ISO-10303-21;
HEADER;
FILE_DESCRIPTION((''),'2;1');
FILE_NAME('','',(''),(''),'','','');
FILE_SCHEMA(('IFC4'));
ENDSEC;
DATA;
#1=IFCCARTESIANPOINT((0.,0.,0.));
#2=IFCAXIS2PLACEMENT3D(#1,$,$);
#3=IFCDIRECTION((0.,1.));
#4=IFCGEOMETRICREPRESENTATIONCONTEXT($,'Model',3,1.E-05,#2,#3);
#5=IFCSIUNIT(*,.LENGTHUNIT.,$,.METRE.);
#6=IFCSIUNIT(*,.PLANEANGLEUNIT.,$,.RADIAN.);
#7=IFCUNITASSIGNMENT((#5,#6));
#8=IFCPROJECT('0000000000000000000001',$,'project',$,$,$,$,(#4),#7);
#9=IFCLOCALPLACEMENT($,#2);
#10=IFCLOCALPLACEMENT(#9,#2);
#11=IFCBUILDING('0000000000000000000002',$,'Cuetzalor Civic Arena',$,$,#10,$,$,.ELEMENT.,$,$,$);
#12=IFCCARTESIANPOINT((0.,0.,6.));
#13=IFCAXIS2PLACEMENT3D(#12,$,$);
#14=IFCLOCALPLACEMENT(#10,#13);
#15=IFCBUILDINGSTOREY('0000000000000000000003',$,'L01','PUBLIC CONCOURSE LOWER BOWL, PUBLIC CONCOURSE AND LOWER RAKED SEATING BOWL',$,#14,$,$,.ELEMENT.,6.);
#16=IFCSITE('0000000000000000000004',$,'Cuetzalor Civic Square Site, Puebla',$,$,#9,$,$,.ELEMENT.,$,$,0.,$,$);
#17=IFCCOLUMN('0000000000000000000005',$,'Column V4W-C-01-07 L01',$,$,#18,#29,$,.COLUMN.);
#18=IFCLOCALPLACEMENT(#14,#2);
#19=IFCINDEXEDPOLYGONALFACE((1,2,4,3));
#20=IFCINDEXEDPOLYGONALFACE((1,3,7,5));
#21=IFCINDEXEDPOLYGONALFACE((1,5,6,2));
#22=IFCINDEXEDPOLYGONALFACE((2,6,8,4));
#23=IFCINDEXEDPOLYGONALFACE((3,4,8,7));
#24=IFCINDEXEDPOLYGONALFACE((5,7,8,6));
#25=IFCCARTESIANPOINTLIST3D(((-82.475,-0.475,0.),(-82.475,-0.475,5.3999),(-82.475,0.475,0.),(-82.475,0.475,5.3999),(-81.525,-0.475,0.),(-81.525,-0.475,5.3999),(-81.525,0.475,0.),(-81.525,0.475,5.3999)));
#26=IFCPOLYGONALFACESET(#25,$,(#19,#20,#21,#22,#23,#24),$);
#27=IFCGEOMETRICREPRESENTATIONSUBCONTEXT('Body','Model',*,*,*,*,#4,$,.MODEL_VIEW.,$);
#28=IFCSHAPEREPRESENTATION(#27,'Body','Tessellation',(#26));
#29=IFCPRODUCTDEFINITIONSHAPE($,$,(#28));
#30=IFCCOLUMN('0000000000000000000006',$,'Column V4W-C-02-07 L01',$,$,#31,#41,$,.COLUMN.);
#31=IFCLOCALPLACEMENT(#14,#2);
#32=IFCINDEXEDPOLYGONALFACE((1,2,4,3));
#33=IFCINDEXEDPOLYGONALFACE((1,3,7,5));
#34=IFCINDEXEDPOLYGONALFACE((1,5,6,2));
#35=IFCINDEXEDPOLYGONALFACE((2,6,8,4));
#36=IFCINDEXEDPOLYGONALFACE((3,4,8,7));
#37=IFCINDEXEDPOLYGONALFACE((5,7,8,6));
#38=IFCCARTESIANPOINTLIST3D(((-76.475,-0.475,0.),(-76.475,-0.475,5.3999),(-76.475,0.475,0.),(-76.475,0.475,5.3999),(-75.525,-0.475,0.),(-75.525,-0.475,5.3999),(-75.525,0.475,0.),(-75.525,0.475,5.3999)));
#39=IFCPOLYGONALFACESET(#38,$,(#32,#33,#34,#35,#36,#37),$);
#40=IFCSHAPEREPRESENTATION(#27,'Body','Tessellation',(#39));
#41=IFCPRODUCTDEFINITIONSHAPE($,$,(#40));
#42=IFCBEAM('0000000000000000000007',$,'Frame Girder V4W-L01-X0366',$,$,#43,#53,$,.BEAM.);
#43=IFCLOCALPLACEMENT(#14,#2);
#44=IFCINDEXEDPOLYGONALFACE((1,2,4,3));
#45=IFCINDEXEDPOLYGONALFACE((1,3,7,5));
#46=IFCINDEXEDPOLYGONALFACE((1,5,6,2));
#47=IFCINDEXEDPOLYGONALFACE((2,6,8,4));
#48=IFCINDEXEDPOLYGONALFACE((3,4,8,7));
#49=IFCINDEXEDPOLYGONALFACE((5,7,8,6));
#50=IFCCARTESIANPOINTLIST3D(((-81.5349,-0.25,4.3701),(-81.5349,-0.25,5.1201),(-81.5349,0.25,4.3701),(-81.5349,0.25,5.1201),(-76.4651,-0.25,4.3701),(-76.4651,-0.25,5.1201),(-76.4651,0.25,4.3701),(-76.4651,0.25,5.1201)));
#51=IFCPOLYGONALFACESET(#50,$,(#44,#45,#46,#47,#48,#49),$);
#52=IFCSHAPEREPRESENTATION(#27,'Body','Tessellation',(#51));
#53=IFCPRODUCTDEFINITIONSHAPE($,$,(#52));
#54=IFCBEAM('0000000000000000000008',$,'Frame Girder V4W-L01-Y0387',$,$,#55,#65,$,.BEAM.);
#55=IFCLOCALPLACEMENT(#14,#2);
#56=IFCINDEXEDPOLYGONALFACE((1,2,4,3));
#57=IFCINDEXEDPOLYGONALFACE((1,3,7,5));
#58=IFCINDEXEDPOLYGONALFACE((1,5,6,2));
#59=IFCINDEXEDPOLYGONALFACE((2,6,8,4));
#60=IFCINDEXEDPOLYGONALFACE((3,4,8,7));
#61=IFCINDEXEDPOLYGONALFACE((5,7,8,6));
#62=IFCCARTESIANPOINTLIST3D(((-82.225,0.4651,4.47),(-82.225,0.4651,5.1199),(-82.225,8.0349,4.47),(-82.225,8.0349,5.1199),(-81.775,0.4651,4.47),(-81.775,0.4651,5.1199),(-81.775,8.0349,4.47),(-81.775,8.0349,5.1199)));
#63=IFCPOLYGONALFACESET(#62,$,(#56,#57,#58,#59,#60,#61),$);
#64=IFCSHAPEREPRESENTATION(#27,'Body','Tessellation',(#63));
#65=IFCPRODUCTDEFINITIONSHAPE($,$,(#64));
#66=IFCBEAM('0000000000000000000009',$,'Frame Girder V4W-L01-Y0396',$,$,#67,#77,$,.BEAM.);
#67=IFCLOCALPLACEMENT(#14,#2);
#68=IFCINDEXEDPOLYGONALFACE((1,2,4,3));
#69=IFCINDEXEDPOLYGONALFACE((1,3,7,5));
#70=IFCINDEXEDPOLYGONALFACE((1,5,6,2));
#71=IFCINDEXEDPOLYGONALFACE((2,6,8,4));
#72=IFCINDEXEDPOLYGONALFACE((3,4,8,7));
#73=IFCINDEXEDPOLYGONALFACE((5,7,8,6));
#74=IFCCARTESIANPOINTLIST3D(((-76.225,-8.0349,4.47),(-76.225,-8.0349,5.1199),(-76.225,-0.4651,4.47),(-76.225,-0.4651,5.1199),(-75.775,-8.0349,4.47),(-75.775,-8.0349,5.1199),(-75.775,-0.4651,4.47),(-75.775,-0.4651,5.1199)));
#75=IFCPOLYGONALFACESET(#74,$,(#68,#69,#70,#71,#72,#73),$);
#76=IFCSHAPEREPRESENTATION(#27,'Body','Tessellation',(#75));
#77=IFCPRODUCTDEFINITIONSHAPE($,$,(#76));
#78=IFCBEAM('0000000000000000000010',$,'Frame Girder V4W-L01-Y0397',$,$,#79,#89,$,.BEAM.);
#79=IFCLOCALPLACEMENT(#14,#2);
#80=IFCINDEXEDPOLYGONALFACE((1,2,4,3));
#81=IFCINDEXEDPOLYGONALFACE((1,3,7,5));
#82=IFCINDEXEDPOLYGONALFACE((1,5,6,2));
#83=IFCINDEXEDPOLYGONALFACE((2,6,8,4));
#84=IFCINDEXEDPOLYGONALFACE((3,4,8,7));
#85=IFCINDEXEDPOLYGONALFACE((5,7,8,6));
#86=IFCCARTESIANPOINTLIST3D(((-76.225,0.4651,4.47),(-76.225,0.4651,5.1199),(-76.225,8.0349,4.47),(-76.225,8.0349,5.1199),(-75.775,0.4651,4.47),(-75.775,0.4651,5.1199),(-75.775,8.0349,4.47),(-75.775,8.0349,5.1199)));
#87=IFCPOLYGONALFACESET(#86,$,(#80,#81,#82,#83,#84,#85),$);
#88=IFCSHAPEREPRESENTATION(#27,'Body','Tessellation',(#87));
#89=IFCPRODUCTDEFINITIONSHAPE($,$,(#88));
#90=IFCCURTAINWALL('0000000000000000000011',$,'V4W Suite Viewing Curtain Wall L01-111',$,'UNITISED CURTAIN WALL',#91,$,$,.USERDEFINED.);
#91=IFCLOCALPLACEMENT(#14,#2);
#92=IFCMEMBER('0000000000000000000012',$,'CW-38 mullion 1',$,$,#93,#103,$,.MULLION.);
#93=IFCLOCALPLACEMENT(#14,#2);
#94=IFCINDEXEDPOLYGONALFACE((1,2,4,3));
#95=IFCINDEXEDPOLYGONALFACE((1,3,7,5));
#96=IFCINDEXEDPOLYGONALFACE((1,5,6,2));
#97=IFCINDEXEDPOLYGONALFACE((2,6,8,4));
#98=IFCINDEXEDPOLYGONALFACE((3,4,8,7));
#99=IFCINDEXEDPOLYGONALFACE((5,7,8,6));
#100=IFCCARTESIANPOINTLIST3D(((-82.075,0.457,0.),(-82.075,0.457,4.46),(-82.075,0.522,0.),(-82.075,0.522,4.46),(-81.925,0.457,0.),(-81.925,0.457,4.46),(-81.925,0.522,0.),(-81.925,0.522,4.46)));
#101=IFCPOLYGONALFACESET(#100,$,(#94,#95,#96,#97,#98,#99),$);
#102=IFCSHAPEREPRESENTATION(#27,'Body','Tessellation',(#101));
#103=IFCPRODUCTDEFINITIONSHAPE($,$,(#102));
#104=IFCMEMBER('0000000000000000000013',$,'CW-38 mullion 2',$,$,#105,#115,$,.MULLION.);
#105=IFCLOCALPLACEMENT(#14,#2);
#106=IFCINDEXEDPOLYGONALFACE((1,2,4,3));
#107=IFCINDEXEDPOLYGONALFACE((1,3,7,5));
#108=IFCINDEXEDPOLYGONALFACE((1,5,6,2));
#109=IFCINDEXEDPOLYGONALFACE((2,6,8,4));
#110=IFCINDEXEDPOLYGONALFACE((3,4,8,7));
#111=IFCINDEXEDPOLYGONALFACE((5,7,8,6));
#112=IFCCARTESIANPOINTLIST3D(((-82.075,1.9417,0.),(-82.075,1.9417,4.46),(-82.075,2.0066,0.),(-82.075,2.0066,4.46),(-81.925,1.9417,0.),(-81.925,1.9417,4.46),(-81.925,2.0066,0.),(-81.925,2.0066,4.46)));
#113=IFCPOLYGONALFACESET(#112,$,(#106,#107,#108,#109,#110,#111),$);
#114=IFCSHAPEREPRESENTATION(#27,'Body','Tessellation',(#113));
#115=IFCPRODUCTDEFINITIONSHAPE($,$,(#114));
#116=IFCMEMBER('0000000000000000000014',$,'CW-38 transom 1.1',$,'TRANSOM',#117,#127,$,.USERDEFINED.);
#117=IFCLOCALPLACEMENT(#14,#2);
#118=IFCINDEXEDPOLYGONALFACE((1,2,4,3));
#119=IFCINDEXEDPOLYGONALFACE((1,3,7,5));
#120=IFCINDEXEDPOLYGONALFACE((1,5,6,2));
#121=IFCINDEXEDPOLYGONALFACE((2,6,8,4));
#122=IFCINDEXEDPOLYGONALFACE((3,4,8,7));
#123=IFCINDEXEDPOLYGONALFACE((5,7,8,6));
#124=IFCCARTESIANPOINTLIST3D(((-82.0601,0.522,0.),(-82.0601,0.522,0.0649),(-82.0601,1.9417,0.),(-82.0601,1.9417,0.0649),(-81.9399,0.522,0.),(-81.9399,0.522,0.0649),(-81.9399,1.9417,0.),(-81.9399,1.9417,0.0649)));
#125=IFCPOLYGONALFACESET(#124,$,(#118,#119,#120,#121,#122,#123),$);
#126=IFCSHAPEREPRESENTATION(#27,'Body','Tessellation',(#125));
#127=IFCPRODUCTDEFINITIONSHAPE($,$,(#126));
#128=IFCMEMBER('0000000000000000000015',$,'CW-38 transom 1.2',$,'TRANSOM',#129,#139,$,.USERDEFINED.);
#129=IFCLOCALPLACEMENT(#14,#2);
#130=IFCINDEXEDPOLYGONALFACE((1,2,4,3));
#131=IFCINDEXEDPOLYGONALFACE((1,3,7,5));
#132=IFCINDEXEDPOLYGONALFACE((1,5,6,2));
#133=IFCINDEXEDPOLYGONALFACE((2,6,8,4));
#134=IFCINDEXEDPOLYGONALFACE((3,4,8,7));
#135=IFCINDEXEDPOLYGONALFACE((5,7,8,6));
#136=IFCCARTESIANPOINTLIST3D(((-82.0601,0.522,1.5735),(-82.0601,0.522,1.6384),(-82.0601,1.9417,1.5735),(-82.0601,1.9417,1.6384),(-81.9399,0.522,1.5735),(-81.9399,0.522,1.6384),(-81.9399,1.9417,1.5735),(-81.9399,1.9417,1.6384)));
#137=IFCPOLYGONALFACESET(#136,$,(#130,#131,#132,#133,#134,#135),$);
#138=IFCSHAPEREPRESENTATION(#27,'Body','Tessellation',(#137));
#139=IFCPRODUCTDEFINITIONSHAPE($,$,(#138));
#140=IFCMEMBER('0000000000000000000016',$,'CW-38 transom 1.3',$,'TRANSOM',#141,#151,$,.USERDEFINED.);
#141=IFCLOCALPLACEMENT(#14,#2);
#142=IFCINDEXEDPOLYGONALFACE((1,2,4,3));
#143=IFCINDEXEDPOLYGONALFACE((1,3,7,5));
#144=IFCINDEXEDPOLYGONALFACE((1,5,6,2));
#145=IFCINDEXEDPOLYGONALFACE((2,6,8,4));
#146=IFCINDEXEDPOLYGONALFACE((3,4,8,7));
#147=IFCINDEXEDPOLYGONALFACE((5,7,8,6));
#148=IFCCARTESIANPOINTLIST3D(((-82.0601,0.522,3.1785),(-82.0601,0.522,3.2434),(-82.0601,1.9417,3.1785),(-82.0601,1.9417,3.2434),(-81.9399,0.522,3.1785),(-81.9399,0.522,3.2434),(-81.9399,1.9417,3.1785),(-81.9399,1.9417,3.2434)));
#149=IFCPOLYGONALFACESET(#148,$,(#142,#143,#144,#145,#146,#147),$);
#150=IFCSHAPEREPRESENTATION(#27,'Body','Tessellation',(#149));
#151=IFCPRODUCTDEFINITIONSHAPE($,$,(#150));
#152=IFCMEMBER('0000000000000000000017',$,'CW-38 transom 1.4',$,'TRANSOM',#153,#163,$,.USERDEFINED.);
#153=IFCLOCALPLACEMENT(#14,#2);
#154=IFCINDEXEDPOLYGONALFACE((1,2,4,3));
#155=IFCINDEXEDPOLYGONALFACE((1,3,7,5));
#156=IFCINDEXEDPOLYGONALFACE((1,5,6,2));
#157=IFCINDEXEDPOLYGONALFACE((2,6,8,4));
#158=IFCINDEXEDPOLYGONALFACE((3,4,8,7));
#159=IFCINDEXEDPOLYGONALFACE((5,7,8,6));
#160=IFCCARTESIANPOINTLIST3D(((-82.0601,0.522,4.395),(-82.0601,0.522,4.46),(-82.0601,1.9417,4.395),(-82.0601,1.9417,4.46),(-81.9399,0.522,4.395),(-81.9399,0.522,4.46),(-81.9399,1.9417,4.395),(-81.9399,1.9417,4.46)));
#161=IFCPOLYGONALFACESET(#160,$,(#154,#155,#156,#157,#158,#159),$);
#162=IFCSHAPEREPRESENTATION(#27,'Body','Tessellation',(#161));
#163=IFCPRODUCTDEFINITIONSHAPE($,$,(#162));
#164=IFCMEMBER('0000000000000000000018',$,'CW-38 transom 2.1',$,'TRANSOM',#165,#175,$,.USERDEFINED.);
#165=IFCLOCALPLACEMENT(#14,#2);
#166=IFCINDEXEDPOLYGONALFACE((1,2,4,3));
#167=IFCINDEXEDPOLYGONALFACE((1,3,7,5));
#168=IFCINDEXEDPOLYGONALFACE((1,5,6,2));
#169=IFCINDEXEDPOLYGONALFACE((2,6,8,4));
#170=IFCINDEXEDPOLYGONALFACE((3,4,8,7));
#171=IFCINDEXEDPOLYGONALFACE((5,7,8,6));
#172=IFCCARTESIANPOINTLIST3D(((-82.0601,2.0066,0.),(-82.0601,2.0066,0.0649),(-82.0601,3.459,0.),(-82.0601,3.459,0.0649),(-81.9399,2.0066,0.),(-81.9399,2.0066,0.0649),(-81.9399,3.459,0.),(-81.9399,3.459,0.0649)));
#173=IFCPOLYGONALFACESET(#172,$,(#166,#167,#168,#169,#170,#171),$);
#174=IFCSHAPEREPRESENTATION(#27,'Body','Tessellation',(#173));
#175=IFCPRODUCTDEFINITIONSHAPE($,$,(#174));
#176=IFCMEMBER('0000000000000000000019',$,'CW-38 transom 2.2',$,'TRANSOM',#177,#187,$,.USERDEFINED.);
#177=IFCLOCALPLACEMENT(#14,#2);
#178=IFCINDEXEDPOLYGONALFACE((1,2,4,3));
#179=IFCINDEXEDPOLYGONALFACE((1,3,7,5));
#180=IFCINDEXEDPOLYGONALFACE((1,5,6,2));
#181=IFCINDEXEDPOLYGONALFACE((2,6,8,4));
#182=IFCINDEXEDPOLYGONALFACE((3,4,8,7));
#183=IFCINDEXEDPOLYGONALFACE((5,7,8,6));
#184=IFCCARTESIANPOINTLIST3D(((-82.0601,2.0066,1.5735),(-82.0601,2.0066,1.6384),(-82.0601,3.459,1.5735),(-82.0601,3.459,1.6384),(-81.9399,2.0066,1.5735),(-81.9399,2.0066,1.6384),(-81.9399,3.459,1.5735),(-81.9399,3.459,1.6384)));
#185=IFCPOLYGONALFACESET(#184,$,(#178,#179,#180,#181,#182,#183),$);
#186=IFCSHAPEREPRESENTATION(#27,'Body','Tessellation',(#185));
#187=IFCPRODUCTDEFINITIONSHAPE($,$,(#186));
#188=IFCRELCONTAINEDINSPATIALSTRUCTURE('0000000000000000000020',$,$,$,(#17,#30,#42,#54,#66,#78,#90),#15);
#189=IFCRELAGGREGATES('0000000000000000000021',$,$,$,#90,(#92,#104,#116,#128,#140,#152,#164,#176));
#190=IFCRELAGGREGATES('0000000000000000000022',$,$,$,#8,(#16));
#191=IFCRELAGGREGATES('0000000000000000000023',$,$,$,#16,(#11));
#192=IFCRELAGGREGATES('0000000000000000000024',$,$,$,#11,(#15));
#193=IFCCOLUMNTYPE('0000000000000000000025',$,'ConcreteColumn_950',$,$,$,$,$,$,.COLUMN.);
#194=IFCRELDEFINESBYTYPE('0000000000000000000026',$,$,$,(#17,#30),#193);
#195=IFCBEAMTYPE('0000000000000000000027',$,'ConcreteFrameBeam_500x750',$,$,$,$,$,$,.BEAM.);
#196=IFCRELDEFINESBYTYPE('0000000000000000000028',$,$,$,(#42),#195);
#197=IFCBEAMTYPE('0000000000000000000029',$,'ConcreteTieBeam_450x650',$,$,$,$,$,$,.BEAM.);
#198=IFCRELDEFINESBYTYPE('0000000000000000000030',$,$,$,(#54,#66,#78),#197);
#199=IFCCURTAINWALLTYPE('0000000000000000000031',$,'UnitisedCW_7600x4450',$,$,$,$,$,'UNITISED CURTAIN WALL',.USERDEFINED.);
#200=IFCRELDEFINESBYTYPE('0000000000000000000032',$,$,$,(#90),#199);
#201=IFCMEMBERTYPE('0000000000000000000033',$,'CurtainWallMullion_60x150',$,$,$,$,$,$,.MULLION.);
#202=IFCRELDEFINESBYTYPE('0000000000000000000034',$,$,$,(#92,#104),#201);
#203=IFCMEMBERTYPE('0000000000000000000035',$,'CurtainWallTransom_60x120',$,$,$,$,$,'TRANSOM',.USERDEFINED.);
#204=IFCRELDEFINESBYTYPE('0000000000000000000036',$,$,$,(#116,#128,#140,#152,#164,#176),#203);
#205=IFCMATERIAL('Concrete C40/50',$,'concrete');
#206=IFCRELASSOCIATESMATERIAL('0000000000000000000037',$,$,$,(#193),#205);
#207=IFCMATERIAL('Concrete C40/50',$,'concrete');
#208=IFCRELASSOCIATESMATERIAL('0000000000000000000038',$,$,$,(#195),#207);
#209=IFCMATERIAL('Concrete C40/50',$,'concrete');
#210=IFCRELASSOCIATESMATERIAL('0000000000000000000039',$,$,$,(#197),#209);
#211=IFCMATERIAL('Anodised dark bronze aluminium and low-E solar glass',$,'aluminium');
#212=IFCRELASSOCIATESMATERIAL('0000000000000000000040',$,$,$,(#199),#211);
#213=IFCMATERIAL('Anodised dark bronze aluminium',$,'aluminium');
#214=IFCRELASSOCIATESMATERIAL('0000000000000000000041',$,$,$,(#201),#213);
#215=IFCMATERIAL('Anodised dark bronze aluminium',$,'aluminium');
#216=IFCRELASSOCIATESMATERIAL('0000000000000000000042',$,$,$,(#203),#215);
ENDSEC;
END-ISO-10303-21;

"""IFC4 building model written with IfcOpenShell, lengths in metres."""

from ifc_helpers import new_model, si_unit, direction, frame, origin, origin_2d, place, context, subcontext, project, spatial, rectangle, extrude, material, material_profile, profile_set, type_object, element, aggregate, save


model = new_model("IFC4")

# Units and contexts
model_context = context("Model", 3, precision=1e-05, world=origin(), true_north=direction((0.0, 1.0)))
body_context = subcontext(model_context, "Body", "Model", "MODEL_VIEW")
ifc_project = project(units=[si_unit("LENGTHUNIT", "METRE"), si_unit("PLANEANGLEUNIT", "RADIAN")], contexts=[model_context])

# Site, building, storey
site_placement = place(None, origin())
site = spatial("IfcSite", under=ifc_project, at=site_placement, Name="Cuetzalor Civic Square Site, Puebla", CompositionType="ELEMENT", RefElevation=0.0)
building_placement = place(site_placement, origin())
building = spatial("IfcBuilding", under=site, at=building_placement, Name="Cuetzalor Civic Arena", CompositionType="ELEMENT")
storey_placement = place(building_placement, frame((0.0, 0.0, 6.0)))
storey = spatial("IfcBuildingStorey", under=building, at=storey_placement, Name="L01", Description="PUBLIC CONCOURSE LOWER BOWL, PUBLIC CONCOURSE AND LOWER RAKED SEATING BOWL", CompositionType="ELEMENT", Elevation=6.0)

# Columns
ifc_material_1 = material(Name="Concrete C40/50", Category="concrete")
ifc_material_profile_1 = material_profile(ifc_material_1, rectangle(XDim=0.95, YDim=0.95, at=origin_2d()), Name="RC 950x950")
ifc_profile_set_1 = profile_set([ifc_material_profile_1], Name="Concrete C40/50")
column_type = type_object("IfcColumnType", Name="ConcreteColumn_950", PredefinedType="COLUMN", material=ifc_profile_set_1)
for number, where, z_axis, x_axis, name in (
    (1, (-82.0, 0.0, 0.0), (0.0, 0.0, 1.0), (1.0, 0.0, 0.0), "Column V4W-C-01-07 L01"),
    (2, (-76.0, 0.0, 0.0), (0.0, 0.0, 1.0), (1.0, 0.0, 0.0), "Column V4W-C-02-07 L01"),
):
    element("IfcColumn", number, at=place(storey_placement, frame(where, z_axis=z_axis, x_axis=x_axis)), inside=storey, type_object=column_type, Name=name, PredefinedType="COLUMN", context=body_context, shape_type="SweptSolid", body=[
        extrude(rectangle(XDim=0.95, YDim=0.95, at=origin_2d()), origin(), (0.0, 0.0, 1.0), 5.3999),
    ])

# Beams
ifc_material_2 = material(Name="Concrete C40/50", Category="concrete")
ifc_material_profile_2 = material_profile(ifc_material_2, rectangle(XDim=0.5, YDim=0.75, at=origin_2d()), Name="RC 500x750")
ifc_profile_set_2 = profile_set([ifc_material_profile_2], Name="Concrete C40/50")
beam_type_1 = type_object("IfcBeamType", Name="ConcreteFrameBeam_500x750", PredefinedType="BEAM", material=ifc_profile_set_2)
beam_1_placement = place(storey_placement, frame((-81.5349, 0.0, 4.7451), z_axis=(1.0, 0.0, 0.0), x_axis=(0.0, 1.0, 0.0)))
element("IfcBeam", 3, at=beam_1_placement, inside=storey, type_object=beam_type_1, Name="Frame Girder V4W-L01-X0366", PredefinedType="BEAM", context=body_context, shape_type="SweptSolid", body=[
    extrude(rectangle(XDim=0.5, YDim=0.75, at=origin_2d()), origin(), (0.0, 0.0, 1.0), 5.0698),
])
ifc_material_3 = material(Name="Concrete C40/50", Category="concrete")
ifc_material_profile_3 = material_profile(ifc_material_3, rectangle(XDim=0.45, YDim=0.6499, at=origin_2d()), Name="RC 450x650")
ifc_profile_set_3 = profile_set([ifc_material_profile_3], Name="Concrete C40/50")
beam_type_2 = type_object("IfcBeamType", Name="ConcreteTieBeam_450x650", PredefinedType="BEAM", material=ifc_profile_set_3)
for number, where, z_axis, x_axis, name in (
    (4, (-82.0, 0.4651, 4.7949), (0.0, 1.0, 0.0), (-1.0, 0.0, 0.0), "Frame Girder V4W-L01-Y0387"),
    (5, (-76.0, -8.0349, 4.7949), (0.0, 1.0, 0.0), (-1.0, 0.0, 0.0), "Frame Girder V4W-L01-Y0396"),
    (6, (-76.0, 0.4651, 4.7949), (0.0, 1.0, 0.0), (-1.0, 0.0, 0.0), "Frame Girder V4W-L01-Y0397"),
):
    element("IfcBeam", number, at=place(storey_placement, frame(where, z_axis=z_axis, x_axis=x_axis)), inside=storey, type_object=beam_type_2, Name=name, PredefinedType="BEAM", context=body_context, shape_type="SweptSolid", body=[
        extrude(rectangle(XDim=0.45, YDim=0.6499, at=origin_2d()), origin(), (0.0, 0.0, 1.0), 7.5698),
    ])

# Curtain wall, members
ifc_material_4 = material(Name="Anodised dark bronze aluminium and low-E solar glass", Category="aluminium")
curtain_wall_type = type_object("IfcCurtainWallType", Name="UnitisedCW_7600x4450", ElementType="UNITISED CURTAIN WALL", PredefinedType="USERDEFINED", material=ifc_material_4)
curtain_wall_placement = place(storey_placement, origin())
curtain_wall = element("IfcCurtainWall", 7, at=curtain_wall_placement, inside=storey, type_object=curtain_wall_type, Name="V4W Suite Viewing Curtain Wall L01-111", ObjectType="UNITISED CURTAIN WALL", PredefinedType="USERDEFINED")
ifc_material_5 = material(Name="Anodised dark bronze aluminium", Category="aluminium")
ifc_material_profile_4 = material_profile(ifc_material_5, rectangle(XDim=0.0649, YDim=0.1499, at=origin_2d()), Name="ALU MULLION 65x150")
ifc_profile_set_4 = profile_set([ifc_material_profile_4], Name="Anodised dark bronze aluminium")
member_type_1 = type_object("IfcMemberType", Name="CurtainWallMullion_60x150", PredefinedType="MULLION", material=ifc_profile_set_4)
member_1_placement = place(storey_placement, frame((-82.0, 0.4895, 0.0), z_axis=(0.0, 0.0, 1.0), x_axis=(0.0, 1.0, 0.0)))
member_1 = element("IfcMember", 8, at=member_1_placement, type_object=member_type_1, Name="CW-38 mullion 1", PredefinedType="MULLION", context=body_context, shape_type="SweptSolid", body=[
    extrude(rectangle(XDim=0.0649, YDim=0.1499, at=origin_2d()), origin(), (0.0, 0.0, 1.0), 4.46),
])
member_2_placement = place(storey_placement, frame((-82.0, 1.9741, 0.0), z_axis=(0.0, 0.0, 1.0), x_axis=(0.0, 1.0, 0.0)))
member_2 = element("IfcMember", 9, at=member_2_placement, type_object=member_type_1, Name="CW-38 mullion 2", PredefinedType="MULLION", context=body_context, shape_type="SweptSolid", body=[
    extrude(rectangle(XDim=0.0649, YDim=0.1499, at=origin_2d()), origin(), (0.0, 0.0, 1.0), 4.46),
])
ifc_material_6 = material(Name="Anodised dark bronze aluminium", Category="aluminium")
ifc_material_profile_5 = material_profile(ifc_material_6, rectangle(XDim=0.1201, YDim=0.0649, at=origin_2d()), Name="ALU TRANSOM 65x120")
ifc_profile_set_5 = profile_set([ifc_material_profile_5], Name="Anodised dark bronze aluminium")
member_type_2 = type_object("IfcMemberType", Name="CurtainWallTransom_60x120", ElementType="TRANSOM", PredefinedType="USERDEFINED", material=ifc_profile_set_5)
member_3_placement = place(storey_placement, frame((-82.0, 0.522, 0.0325), z_axis=(0.0, 1.0, 0.0), x_axis=(-1.0, 0.0, 0.0)))
member_3 = element("IfcMember", 10, at=member_3_placement, type_object=member_type_2, Name="CW-38 transom 1.1", ObjectType="TRANSOM", PredefinedType="USERDEFINED", context=body_context, shape_type="SweptSolid", body=[
    extrude(rectangle(XDim=0.1201, YDim=0.0649, at=origin_2d()), origin(), (0.0, 0.0, 1.0), 1.4197),
])
member_4_placement = place(storey_placement, frame((-82.0, 0.522, 1.606), z_axis=(0.0, 1.0, 0.0), x_axis=(-1.0, 0.0, 0.0)))
member_4 = element("IfcMember", 11, at=member_4_placement, type_object=member_type_2, Name="CW-38 transom 1.2", ObjectType="TRANSOM", PredefinedType="USERDEFINED", context=body_context, shape_type="SweptSolid", body=[
    extrude(rectangle(XDim=0.1201, YDim=0.0649, at=origin_2d()), origin(), (0.0, 0.0, 1.0), 1.4197),
])
member_5_placement = place(storey_placement, frame((-82.0, 0.522, 3.2109), z_axis=(0.0, 1.0, 0.0), x_axis=(-1.0, 0.0, 0.0)))
member_5 = element("IfcMember", 12, at=member_5_placement, type_object=member_type_2, Name="CW-38 transom 1.3", ObjectType="TRANSOM", PredefinedType="USERDEFINED", context=body_context, shape_type="SweptSolid", body=[
    extrude(rectangle(XDim=0.1201, YDim=0.0649, at=origin_2d()), origin(), (0.0, 0.0, 1.0), 1.4197),
])
member_6_placement = place(storey_placement, frame((-82.0, 0.522, 4.4275), z_axis=(0.0, 1.0, 0.0), x_axis=(-1.0, 0.0, 0.0)))
member_6 = element("IfcMember", 13, at=member_6_placement, type_object=member_type_2, Name="CW-38 transom 1.4", ObjectType="TRANSOM", PredefinedType="USERDEFINED", context=body_context, shape_type="SweptSolid", body=[
    extrude(rectangle(XDim=0.1201, YDim=0.0649, at=origin_2d()), origin(), (0.0, 0.0, 1.0), 1.4197),
])
member_7_placement = place(storey_placement, frame((-82.0, 2.0066, 0.0325), z_axis=(0.0, 1.0, 0.0), x_axis=(-1.0, 0.0, 0.0)))
member_7 = element("IfcMember", 14, at=member_7_placement, type_object=member_type_2, Name="CW-38 transom 2.1", ObjectType="TRANSOM", PredefinedType="USERDEFINED", context=body_context, shape_type="SweptSolid", body=[
    extrude(rectangle(XDim=0.1201, YDim=0.0649, at=origin_2d()), origin(), (0.0, 0.0, 1.0), 1.4524),
])
member_8_placement = place(storey_placement, frame((-82.0, 2.0066, 1.606), z_axis=(0.0, 1.0, 0.0), x_axis=(-1.0, 0.0, 0.0)))
member_8 = element("IfcMember", 15, at=member_8_placement, type_object=member_type_2, Name="CW-38 transom 2.2", ObjectType="TRANSOM", PredefinedType="USERDEFINED", context=body_context, shape_type="SweptSolid", body=[
    extrude(rectangle(XDim=0.1201, YDim=0.0649, at=origin_2d()), origin(), (0.0, 0.0, 1.0), 1.4524),
])

aggregate(curtain_wall, [member_1, member_2, member_3, member_4, member_5, member_6, member_7, member_8])

save(model, "model.ifc")
